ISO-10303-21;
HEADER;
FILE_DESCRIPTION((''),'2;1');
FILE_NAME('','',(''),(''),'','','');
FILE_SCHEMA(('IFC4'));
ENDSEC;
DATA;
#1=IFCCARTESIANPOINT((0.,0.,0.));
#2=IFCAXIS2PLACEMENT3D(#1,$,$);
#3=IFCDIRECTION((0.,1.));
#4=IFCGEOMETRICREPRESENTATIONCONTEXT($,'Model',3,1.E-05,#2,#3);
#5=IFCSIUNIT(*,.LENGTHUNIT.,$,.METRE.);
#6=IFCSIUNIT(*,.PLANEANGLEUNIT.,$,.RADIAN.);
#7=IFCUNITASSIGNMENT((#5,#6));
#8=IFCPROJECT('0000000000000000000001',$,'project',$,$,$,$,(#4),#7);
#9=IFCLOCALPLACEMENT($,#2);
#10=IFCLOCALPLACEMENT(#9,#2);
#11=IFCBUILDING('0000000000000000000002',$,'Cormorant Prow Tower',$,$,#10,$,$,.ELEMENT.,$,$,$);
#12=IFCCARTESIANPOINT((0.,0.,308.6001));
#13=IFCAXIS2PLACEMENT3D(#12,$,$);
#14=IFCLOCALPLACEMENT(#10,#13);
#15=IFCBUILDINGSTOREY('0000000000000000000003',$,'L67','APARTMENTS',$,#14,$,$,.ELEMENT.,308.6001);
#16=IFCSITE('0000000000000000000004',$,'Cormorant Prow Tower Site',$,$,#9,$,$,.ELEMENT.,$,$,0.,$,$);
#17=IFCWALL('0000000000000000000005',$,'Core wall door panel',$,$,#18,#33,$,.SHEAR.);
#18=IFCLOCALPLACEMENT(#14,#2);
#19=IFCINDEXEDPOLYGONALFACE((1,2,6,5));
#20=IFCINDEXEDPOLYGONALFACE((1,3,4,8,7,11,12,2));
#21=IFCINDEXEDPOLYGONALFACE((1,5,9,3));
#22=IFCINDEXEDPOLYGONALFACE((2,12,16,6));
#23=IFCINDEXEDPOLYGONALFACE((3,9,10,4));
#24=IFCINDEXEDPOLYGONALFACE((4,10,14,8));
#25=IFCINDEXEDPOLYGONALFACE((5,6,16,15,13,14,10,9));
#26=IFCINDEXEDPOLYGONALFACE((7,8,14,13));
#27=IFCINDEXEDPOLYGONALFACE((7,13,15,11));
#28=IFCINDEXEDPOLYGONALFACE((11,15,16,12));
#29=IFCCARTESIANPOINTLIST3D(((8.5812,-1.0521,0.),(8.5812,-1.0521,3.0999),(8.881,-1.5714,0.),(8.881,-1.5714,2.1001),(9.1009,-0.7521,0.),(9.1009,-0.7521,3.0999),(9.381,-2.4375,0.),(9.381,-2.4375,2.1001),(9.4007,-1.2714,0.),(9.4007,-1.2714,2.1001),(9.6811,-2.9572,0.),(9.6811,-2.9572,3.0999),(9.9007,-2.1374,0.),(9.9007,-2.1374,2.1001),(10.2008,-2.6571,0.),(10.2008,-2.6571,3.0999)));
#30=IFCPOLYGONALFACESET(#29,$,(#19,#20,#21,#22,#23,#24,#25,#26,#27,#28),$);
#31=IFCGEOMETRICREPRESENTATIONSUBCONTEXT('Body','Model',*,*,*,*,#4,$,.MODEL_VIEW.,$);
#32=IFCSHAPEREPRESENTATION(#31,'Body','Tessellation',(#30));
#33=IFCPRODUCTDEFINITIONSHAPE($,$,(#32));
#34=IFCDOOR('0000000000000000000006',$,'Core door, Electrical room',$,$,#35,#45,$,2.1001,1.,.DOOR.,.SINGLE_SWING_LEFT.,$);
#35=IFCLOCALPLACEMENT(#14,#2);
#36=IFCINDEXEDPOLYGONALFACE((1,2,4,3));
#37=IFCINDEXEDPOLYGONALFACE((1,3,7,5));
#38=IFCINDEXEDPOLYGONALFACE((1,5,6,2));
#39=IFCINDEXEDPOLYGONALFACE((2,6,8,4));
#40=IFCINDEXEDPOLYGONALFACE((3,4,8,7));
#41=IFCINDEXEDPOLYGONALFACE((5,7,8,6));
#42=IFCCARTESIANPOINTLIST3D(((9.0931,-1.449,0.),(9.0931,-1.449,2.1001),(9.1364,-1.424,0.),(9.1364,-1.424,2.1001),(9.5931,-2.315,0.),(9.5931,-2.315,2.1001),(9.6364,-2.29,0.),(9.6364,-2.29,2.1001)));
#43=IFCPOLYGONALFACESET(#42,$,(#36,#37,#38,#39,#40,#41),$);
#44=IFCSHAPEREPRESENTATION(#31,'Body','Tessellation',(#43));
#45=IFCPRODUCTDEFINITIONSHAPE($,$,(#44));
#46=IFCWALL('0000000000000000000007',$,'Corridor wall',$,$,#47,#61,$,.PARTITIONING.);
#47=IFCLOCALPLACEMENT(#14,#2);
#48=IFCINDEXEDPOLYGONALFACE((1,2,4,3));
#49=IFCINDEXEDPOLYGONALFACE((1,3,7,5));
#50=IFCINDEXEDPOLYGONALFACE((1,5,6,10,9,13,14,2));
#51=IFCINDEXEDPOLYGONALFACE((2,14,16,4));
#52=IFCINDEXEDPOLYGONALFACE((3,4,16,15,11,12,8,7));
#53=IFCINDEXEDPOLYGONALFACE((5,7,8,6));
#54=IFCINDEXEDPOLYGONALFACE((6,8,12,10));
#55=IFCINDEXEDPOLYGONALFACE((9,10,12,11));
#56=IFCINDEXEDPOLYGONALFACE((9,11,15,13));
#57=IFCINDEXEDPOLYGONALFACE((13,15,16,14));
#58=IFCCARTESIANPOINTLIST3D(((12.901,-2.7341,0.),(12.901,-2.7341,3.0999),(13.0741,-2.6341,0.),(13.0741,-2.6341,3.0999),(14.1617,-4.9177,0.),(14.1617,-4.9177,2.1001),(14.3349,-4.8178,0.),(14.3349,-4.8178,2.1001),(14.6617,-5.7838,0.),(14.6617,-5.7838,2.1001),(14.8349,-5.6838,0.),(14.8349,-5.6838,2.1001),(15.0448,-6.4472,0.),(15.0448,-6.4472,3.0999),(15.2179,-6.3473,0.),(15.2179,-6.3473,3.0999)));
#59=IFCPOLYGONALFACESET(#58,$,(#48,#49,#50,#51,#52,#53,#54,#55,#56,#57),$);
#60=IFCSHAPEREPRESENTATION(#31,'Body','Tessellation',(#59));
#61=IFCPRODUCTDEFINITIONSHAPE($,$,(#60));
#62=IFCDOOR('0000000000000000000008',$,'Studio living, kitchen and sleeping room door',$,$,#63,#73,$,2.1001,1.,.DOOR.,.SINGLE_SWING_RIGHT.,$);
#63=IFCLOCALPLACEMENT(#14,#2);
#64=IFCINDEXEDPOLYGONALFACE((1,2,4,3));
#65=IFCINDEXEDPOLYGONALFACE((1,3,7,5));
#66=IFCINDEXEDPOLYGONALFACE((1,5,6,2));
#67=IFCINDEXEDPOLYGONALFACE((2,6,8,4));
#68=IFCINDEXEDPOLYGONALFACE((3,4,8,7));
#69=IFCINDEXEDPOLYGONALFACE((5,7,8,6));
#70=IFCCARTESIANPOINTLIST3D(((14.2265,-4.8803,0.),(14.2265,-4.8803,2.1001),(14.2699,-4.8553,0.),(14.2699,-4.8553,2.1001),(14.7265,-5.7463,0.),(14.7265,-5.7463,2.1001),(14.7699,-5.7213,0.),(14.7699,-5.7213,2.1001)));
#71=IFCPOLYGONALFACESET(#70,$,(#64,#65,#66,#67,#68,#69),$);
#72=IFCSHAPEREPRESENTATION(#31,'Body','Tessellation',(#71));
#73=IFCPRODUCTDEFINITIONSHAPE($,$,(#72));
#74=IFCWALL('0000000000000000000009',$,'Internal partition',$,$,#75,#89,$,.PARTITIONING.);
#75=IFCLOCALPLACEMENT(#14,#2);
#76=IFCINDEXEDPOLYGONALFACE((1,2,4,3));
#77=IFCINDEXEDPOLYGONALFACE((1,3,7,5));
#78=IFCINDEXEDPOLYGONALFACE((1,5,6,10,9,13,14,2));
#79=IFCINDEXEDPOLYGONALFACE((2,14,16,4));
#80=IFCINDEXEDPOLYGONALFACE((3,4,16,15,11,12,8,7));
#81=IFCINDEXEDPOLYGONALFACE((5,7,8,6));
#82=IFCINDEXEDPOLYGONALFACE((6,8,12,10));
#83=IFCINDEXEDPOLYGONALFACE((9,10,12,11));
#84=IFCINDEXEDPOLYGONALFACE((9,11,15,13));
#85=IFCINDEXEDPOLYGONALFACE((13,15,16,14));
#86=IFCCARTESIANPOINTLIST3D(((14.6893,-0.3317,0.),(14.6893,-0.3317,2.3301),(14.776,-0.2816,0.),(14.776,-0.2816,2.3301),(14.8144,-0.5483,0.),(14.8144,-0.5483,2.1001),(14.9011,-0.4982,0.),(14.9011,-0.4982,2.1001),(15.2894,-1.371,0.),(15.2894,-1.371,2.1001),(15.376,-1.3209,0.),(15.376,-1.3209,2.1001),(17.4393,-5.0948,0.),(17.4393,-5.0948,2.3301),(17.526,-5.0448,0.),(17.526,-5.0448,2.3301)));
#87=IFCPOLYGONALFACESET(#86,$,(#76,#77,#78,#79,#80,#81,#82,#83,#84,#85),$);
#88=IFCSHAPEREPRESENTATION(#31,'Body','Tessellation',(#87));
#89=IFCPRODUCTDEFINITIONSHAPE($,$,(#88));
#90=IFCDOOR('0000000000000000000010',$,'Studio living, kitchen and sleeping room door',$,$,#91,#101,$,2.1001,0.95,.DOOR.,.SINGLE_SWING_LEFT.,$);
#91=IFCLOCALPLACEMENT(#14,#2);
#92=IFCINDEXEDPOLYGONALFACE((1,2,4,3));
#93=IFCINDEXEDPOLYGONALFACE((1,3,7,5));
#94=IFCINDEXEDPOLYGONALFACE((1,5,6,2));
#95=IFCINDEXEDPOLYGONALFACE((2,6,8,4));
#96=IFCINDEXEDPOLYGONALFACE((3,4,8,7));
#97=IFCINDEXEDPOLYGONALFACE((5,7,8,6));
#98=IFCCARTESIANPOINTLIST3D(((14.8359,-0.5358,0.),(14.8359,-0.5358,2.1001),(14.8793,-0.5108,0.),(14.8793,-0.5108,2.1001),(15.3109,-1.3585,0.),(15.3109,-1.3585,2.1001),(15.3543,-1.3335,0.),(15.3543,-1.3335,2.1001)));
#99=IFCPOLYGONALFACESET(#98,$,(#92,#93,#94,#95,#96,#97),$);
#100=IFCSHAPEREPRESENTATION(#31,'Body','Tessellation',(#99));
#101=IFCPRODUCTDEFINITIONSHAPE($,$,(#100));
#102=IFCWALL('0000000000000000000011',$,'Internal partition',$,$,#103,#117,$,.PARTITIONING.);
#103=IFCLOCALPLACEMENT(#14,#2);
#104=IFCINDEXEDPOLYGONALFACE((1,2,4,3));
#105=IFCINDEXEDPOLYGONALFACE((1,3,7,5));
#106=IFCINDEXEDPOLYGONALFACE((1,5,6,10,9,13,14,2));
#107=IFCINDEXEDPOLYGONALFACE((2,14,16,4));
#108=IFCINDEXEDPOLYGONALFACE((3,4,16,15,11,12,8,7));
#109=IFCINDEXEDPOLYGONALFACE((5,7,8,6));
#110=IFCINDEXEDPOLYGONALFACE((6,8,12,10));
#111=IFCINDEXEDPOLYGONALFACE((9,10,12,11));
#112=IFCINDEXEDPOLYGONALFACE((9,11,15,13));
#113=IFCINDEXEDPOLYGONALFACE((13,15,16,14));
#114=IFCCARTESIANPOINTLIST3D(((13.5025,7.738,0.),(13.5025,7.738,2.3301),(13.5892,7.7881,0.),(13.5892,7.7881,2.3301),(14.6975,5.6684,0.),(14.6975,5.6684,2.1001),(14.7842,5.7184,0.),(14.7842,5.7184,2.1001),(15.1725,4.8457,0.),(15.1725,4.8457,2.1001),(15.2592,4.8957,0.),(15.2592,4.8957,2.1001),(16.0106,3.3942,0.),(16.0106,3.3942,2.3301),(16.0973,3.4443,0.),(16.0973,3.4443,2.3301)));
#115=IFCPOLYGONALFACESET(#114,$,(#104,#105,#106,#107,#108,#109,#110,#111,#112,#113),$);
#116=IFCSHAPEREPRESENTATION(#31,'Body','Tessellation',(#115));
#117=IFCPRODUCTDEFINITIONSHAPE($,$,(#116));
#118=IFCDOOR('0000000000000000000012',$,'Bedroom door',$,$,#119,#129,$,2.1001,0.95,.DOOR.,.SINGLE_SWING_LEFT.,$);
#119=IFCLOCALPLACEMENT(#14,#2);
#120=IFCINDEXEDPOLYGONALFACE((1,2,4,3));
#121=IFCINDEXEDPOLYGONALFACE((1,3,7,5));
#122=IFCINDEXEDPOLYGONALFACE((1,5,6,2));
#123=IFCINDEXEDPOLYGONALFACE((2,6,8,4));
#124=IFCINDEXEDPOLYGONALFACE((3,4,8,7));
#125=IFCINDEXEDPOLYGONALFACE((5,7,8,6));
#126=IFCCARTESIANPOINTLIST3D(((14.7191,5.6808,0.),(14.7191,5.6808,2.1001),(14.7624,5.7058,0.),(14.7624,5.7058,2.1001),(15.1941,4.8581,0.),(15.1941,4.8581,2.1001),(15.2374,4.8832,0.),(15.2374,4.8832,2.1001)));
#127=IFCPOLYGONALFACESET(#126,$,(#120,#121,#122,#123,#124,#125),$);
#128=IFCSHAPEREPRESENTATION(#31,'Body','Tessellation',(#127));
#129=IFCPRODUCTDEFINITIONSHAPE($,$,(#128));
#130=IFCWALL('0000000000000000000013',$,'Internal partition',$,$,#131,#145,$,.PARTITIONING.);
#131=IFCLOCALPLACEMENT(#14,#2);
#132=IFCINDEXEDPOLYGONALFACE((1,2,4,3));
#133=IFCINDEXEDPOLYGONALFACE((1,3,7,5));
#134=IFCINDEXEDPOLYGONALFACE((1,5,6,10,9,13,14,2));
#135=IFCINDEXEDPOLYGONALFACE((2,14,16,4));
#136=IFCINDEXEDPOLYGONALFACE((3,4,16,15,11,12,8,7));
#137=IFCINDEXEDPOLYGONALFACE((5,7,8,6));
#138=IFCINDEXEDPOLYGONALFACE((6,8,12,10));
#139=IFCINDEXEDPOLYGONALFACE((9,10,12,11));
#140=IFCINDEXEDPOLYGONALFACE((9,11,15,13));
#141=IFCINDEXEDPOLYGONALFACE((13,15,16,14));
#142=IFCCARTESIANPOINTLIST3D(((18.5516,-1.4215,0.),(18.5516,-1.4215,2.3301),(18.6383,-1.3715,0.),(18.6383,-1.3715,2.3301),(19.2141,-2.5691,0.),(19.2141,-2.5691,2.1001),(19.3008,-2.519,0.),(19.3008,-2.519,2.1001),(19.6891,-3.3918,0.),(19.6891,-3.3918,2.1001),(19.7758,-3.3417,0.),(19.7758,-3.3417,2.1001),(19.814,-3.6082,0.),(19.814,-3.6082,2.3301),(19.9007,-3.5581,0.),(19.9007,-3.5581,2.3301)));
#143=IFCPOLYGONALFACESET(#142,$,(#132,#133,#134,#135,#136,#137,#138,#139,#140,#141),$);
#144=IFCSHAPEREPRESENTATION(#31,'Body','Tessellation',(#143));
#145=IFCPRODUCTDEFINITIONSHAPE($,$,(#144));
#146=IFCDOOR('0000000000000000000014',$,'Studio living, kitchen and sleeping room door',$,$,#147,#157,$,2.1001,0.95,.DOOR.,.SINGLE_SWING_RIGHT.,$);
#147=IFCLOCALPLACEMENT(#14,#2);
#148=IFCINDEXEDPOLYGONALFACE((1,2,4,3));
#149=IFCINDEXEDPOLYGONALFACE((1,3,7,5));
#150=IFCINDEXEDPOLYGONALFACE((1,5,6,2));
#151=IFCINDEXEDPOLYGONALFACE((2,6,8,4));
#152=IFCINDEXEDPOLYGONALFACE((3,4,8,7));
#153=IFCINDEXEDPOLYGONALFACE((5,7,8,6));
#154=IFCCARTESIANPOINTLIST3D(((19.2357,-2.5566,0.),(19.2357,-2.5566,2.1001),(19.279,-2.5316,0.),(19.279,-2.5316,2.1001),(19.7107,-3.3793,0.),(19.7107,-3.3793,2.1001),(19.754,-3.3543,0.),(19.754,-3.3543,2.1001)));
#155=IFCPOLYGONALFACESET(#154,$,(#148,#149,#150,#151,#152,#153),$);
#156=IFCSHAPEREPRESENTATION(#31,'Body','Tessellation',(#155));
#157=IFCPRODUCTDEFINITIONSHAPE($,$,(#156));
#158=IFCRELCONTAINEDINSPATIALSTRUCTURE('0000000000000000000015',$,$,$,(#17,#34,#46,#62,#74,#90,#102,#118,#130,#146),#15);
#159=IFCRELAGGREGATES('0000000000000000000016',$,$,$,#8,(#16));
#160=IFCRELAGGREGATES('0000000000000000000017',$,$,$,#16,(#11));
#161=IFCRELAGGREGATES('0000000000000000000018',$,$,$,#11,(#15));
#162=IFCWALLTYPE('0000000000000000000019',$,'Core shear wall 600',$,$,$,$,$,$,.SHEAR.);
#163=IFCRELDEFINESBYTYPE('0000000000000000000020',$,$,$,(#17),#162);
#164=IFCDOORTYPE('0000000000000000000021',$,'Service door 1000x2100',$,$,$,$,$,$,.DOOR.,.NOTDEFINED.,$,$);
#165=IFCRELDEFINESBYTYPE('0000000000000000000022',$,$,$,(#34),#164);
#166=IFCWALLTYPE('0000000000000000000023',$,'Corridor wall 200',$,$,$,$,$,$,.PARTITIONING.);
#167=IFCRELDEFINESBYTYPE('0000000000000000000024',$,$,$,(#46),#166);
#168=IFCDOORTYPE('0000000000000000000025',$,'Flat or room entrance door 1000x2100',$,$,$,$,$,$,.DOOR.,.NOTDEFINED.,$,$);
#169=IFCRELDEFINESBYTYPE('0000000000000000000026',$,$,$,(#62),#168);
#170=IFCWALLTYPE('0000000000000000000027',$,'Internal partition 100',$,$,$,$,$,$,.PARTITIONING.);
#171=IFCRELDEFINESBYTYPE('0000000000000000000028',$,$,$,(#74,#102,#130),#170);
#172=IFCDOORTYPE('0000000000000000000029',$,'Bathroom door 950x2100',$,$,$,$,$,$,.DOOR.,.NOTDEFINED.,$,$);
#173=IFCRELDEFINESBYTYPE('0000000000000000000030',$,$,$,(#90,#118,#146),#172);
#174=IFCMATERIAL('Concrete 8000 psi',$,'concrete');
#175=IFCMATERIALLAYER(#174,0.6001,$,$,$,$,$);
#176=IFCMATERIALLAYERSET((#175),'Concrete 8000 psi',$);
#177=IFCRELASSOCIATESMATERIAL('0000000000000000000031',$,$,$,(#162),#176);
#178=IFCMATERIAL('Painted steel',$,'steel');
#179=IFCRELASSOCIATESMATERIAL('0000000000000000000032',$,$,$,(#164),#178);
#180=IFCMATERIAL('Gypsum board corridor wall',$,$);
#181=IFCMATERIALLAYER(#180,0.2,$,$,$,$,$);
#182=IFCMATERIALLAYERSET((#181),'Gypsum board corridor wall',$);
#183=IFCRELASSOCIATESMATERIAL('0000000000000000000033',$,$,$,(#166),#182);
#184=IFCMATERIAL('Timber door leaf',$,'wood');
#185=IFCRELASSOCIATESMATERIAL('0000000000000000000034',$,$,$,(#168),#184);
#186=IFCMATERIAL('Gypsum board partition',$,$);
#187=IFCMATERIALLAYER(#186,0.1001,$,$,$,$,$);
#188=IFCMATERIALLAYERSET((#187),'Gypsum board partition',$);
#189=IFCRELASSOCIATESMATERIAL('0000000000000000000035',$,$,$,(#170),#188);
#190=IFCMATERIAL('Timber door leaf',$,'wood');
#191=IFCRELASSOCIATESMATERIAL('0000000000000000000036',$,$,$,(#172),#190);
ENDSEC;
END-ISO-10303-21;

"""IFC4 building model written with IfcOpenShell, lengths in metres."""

from ifc_helpers import new_model, si_unit, direction, frame, frame_2d, origin, place, context, subcontext, project, spatial, rectangle, extrude, material, layer, layer_set, type_object, element, fill, save


model = new_model("IFC4")

# Units and contexts
model_context = context("Model", 3, precision=1e-05, world=origin(), true_north=direction((0.0, 1.0)))
body_context = subcontext(model_context, "Body", "Model", "MODEL_VIEW")
ifc_project = project(units=[si_unit("LENGTHUNIT", "METRE"), si_unit("PLANEANGLEUNIT", "RADIAN")], contexts=[model_context])

# Site, building, storey
site_placement = place(None, origin())
site = spatial("IfcSite", under=ifc_project, at=site_placement, Name="Cormorant Prow Tower Site", CompositionType="ELEMENT", RefElevation=0.0)
building_placement = place(site_placement, origin())
building = spatial("IfcBuilding", under=site, at=building_placement, Name="Cormorant Prow Tower", CompositionType="ELEMENT")
storey_placement = place(building_placement, frame((0.0, 0.0, 308.6001)))
storey = spatial("IfcBuildingStorey", under=building, at=storey_placement, Name="L67", Description="APARTMENTS", CompositionType="ELEMENT", Elevation=308.6001)

# Walls, openings, doors
ifc_material_1 = material(Name="Concrete 8000 psi", Category="concrete")
ifc_layer_1 = layer(ifc_material_1, 0.6001)
ifc_layer_set_1 = layer_set([ifc_layer_1], Name="Concrete 8000 psi")
wall_type_1 = type_object("IfcWallType", Name="Core shear wall 600", PredefinedType="SHEAR", material=ifc_layer_set_1)
wall_1_placement = place(storey_placement, frame((9.9409, -2.8071, 0.0), z_axis=(0.0, 0.0, 1.0), x_axis=(-0.499995, 0.866028, 0.0)))
wall_1 = element("IfcWall", 1, at=wall_1_placement, inside=storey, type_object=wall_type_1, Name="Core wall door panel", PredefinedType="SHEAR", context=body_context, shape_type="SweptSolid", body=[
    extrude(rectangle(XDim=2.1997, YDim=0.6001, at=frame_2d((1.0999, 0.0))), origin(), (0.0, 0.0, 1.0), 3.0999),
])
opening_1_placement = place(wall_1_placement, frame((0.6001, 0.0, 0.0)))
opening_1 = element("IfcOpeningElement", 2, at=opening_1_placement, cuts=wall_1, PredefinedType="OPENING", context=body_context, shape_type="SweptSolid", body=[
    extrude(rectangle(XDim=1.0, YDim=2.1001, at=frame_2d((0.5, 1.05))), frame((0.0, 0.3101, 0.0), z_axis=(0.0, -1.0, 0.0), x_axis=(1.0, 0.0, 0.0)), (0.0, 0.0, 1.0), 0.6201),
])
ifc_material_2 = material(Name="Painted steel", Category="steel")
door_type_1 = type_object("IfcDoorType", Name="Service door 1000x2100", OperationType="NOTDEFINED", PredefinedType="DOOR", material=ifc_material_2)
door_1_placement = place(opening_1_placement, origin())
door_1 = element("IfcDoor", 3, at=door_1_placement, inside=storey, type_object=door_type_1, Name="Core door, Electrical room", OperationType="SINGLE_SWING_LEFT", OverallHeight=2.1001, OverallWidth=1.0, PredefinedType="DOOR", context=body_context, shape_type="SweptSolid", body=[
    extrude(rectangle(XDim=1.0, YDim=2.1001, at=frame_2d((0.5, 1.05))), frame((0.0, 0.0552, 0.0), z_axis=(0.0, -1.0, 0.0), x_axis=(1.0, 0.0, 0.0)), (0.0, 0.0, 1.0), 0.05),
])
fill(opening_1, door_1)
ifc_material_3 = material(Name="Gypsum board corridor wall")
ifc_layer_2 = layer(ifc_material_3, 0.2)
ifc_layer_set_2 = layer_set([ifc_layer_2], Name="Gypsum board corridor wall")
wall_type_2 = type_object("IfcWallType", Name="Corridor wall 200", PredefinedType="PARTITIONING", material=ifc_layer_set_2)
wall_2_placement = place(storey_placement, frame((12.9875, -2.6841, 0.0), z_axis=(0.0, 0.0, 1.0), x_axis=(0.500003, -0.866023, 0.0)))
wall_2 = element("IfcWall", 4, at=wall_2_placement, inside=storey, type_object=wall_type_2, Name="Corridor wall", PredefinedType="PARTITIONING", context=body_context, shape_type="SweptSolid", body=[
    extrude(rectangle(XDim=4.2876, YDim=0.2, at=frame_2d((2.1438, 0.0))), origin(), (0.0, 0.0, 1.0), 3.0999),
])
opening_2_placement = place(wall_2_placement, frame((2.5215, 0.0, 0.0)))
opening_2 = element("IfcOpeningElement", 5, at=opening_2_placement, cuts=wall_2, PredefinedType="OPENING", context=body_context, shape_type="SweptSolid", body=[
    extrude(rectangle(XDim=1.0, YDim=2.1001, at=frame_2d((0.5, 1.05))), frame((0.0, 0.1099, 0.0), z_axis=(0.0, -1.0, 0.0), x_axis=(1.0, 0.0, 0.0)), (0.0, 0.0, 1.0), 0.22),
])
ifc_material_4 = material(Name="Timber door leaf", Category="wood")
door_type_2 = type_object("IfcDoorType", Name="Flat or room entrance door 1000x2100", OperationType="NOTDEFINED", PredefinedType="DOOR", material=ifc_material_4)
door_2_placement = place(opening_2_placement, origin())
door_2 = element("IfcDoor", 6, at=door_2_placement, inside=storey, type_object=door_type_2, Name="Studio living, kitchen and sleeping room door", OperationType="SINGLE_SWING_RIGHT", OverallHeight=2.1001, OverallWidth=1.0, PredefinedType="DOOR", context=body_context, shape_type="SweptSolid", body=[
    extrude(rectangle(XDim=1.0, YDim=2.1001, at=frame_2d((0.5, 1.05))), frame((0.0, 0.0249, 0.0), z_axis=(0.0, -1.0, 0.0), x_axis=(1.0, 0.0, 0.0)), (0.0, 0.0, 1.0), 0.05),
])
fill(opening_2, door_2)
ifc_material_5 = material(Name="Gypsum board partition")
ifc_layer_3 = layer(ifc_material_5, 0.1001)
ifc_layer_set_3 = layer_set([ifc_layer_3], Name="Gypsum board partition")
wall_type_3 = type_object("IfcWallType", Name="Internal partition 100", PredefinedType="PARTITIONING", material=ifc_layer_set_3)
wall_3_placement = place(storey_placement, frame((14.7327, -0.3066, 0.0), z_axis=(0.0, 0.0, 1.0), x_axis=(0.499997, -0.866027, 0.0)))
wall_3 = element("IfcWall", 7, at=wall_3_placement, inside=storey, type_object=wall_type_3, Name="Internal partition", PredefinedType="PARTITIONING", context=body_context, shape_type="SweptSolid", body=[
    extrude(rectangle(XDim=5.5, YDim=0.1001, at=frame_2d((2.75, 0.0))), origin(), (0.0, 0.0, 1.0), 2.3301),
])
opening_3_placement = place(wall_3_placement, frame((0.25, 0.0, 0.0)))
opening_3 = element("IfcOpeningElement", 8, at=opening_3_placement, cuts=wall_3, PredefinedType="OPENING", context=body_context, shape_type="SweptSolid", body=[
    extrude(rectangle(XDim=0.95, YDim=2.1001, at=frame_2d((0.4751, 1.05))), frame((0.0, 0.0601, 0.0), z_axis=(0.0, -1.0, 0.0), x_axis=(1.0, 0.0, 0.0)), (0.0, 0.0, 1.0), 0.1201),
])
ifc_material_6 = material(Name="Timber door leaf", Category="wood")
door_type_3 = type_object("IfcDoorType", Name="Bathroom door 950x2100", OperationType="NOTDEFINED", PredefinedType="DOOR", material=ifc_material_6)
door_3_placement = place(opening_3_placement, origin())
door_3 = element("IfcDoor", 9, at=door_3_placement, inside=storey, type_object=door_type_3, Name="Studio living, kitchen and sleeping room door", OperationType="SINGLE_SWING_LEFT", OverallHeight=2.1001, OverallWidth=0.95, PredefinedType="DOOR", context=body_context, shape_type="SweptSolid", body=[
    extrude(rectangle(XDim=0.95, YDim=2.1001, at=frame_2d((0.4751, 1.05))), frame((0.0, 0.0249, 0.0), z_axis=(0.0, -1.0, 0.0), x_axis=(1.0, 0.0, 0.0)), (0.0, 0.0, 1.0), 0.05),
])
fill(opening_3, door_3)
wall_4_placement = place(storey_placement, frame((13.5459, 7.7629, 0.0), z_axis=(0.0, 0.0, 1.0), x_axis=(0.500029, -0.866009, 0.0)))
wall_4 = element("IfcWall", 10, at=wall_4_placement, inside=storey, type_object=wall_type_3, Name="Internal partition", PredefinedType="PARTITIONING", context=body_context, shape_type="SweptSolid", body=[
    extrude(rectangle(XDim=5.0159, YDim=0.1001, at=frame_2d((2.5078, 0.0))), origin(), (0.0, 0.0, 1.0), 2.3301),
])
opening_4_placement = place(wall_4_placement, frame((2.3896, 0.0, 0.0)))
opening_4 = element("IfcOpeningElement", 11, at=opening_4_placement, cuts=wall_4, PredefinedType="OPENING", context=body_context, shape_type="SweptSolid", body=[
    extrude(rectangle(XDim=0.95, YDim=2.1001, at=frame_2d((0.4751, 1.05))), frame((0.0, 0.0601, 0.0), z_axis=(0.0, -1.0, 0.0), x_axis=(1.0, 0.0, 0.0)), (0.0, 0.0, 1.0), 0.1201),
])
door_4_placement = place(opening_4_placement, origin())
door_4 = element("IfcDoor", 12, at=door_4_placement, inside=storey, type_object=door_type_3, Name="Bedroom door", OperationType="SINGLE_SWING_LEFT", OverallHeight=2.1001, OverallWidth=0.95, PredefinedType="DOOR", context=body_context, shape_type="SweptSolid", body=[
    extrude(rectangle(XDim=0.95, YDim=2.1001, at=frame_2d((0.4751, 1.05))), frame((0.0, 0.0249, 0.0), z_axis=(0.0, -1.0, 0.0), x_axis=(1.0, 0.0, 0.0)), (0.0, 0.0, 1.0), 0.05),
])
fill(opening_4, door_4)
wall_5_placement = place(storey_placement, frame((18.595, -1.3965, 0.0), z_axis=(0.0, 0.0, 1.0), x_axis=(0.499976, -0.866039, 0.0)))
wall_5 = element("IfcWall", 13, at=wall_5_placement, inside=storey, type_object=wall_type_3, Name="Internal partition", PredefinedType="PARTITIONING", context=body_context, shape_type="SweptSolid", body=[
    extrude(rectangle(XDim=2.5249, YDim=0.1001, at=frame_2d((1.2625, 0.0))), origin(), (0.0, 0.0, 1.0), 2.3301),
])
opening_5_placement = place(wall_5_placement, frame((1.325, 0.0, 0.0)))
opening_5 = element("IfcOpeningElement", 14, at=opening_5_placement, cuts=wall_5, PredefinedType="OPENING", context=body_context, shape_type="SweptSolid", body=[
    extrude(rectangle(XDim=0.95, YDim=2.1001, at=frame_2d((0.4751, 1.05))), frame((0.0, 0.0601, 0.0), z_axis=(0.0, -1.0, 0.0), x_axis=(1.0, 0.0, 0.0)), (0.0, 0.0, 1.0), 0.1201),
])
door_5_placement = place(opening_5_placement, origin())
door_5 = element("IfcDoor", 15, at=door_5_placement, inside=storey, type_object=door_type_3, Name="Studio living, kitchen and sleeping room door", OperationType="SINGLE_SWING_RIGHT", OverallHeight=2.1001, OverallWidth=0.95, PredefinedType="DOOR", context=body_context, shape_type="SweptSolid", body=[
    extrude(rectangle(XDim=0.95, YDim=2.1001, at=frame_2d((0.4751, 1.05))), frame((0.0, 0.0249, 0.0), z_axis=(0.0, -1.0, 0.0), x_axis=(1.0, 0.0, 0.0)), (0.0, 0.0, 1.0), 0.05),
])
fill(opening_5, door_5)

save(model, "model.ifc")
